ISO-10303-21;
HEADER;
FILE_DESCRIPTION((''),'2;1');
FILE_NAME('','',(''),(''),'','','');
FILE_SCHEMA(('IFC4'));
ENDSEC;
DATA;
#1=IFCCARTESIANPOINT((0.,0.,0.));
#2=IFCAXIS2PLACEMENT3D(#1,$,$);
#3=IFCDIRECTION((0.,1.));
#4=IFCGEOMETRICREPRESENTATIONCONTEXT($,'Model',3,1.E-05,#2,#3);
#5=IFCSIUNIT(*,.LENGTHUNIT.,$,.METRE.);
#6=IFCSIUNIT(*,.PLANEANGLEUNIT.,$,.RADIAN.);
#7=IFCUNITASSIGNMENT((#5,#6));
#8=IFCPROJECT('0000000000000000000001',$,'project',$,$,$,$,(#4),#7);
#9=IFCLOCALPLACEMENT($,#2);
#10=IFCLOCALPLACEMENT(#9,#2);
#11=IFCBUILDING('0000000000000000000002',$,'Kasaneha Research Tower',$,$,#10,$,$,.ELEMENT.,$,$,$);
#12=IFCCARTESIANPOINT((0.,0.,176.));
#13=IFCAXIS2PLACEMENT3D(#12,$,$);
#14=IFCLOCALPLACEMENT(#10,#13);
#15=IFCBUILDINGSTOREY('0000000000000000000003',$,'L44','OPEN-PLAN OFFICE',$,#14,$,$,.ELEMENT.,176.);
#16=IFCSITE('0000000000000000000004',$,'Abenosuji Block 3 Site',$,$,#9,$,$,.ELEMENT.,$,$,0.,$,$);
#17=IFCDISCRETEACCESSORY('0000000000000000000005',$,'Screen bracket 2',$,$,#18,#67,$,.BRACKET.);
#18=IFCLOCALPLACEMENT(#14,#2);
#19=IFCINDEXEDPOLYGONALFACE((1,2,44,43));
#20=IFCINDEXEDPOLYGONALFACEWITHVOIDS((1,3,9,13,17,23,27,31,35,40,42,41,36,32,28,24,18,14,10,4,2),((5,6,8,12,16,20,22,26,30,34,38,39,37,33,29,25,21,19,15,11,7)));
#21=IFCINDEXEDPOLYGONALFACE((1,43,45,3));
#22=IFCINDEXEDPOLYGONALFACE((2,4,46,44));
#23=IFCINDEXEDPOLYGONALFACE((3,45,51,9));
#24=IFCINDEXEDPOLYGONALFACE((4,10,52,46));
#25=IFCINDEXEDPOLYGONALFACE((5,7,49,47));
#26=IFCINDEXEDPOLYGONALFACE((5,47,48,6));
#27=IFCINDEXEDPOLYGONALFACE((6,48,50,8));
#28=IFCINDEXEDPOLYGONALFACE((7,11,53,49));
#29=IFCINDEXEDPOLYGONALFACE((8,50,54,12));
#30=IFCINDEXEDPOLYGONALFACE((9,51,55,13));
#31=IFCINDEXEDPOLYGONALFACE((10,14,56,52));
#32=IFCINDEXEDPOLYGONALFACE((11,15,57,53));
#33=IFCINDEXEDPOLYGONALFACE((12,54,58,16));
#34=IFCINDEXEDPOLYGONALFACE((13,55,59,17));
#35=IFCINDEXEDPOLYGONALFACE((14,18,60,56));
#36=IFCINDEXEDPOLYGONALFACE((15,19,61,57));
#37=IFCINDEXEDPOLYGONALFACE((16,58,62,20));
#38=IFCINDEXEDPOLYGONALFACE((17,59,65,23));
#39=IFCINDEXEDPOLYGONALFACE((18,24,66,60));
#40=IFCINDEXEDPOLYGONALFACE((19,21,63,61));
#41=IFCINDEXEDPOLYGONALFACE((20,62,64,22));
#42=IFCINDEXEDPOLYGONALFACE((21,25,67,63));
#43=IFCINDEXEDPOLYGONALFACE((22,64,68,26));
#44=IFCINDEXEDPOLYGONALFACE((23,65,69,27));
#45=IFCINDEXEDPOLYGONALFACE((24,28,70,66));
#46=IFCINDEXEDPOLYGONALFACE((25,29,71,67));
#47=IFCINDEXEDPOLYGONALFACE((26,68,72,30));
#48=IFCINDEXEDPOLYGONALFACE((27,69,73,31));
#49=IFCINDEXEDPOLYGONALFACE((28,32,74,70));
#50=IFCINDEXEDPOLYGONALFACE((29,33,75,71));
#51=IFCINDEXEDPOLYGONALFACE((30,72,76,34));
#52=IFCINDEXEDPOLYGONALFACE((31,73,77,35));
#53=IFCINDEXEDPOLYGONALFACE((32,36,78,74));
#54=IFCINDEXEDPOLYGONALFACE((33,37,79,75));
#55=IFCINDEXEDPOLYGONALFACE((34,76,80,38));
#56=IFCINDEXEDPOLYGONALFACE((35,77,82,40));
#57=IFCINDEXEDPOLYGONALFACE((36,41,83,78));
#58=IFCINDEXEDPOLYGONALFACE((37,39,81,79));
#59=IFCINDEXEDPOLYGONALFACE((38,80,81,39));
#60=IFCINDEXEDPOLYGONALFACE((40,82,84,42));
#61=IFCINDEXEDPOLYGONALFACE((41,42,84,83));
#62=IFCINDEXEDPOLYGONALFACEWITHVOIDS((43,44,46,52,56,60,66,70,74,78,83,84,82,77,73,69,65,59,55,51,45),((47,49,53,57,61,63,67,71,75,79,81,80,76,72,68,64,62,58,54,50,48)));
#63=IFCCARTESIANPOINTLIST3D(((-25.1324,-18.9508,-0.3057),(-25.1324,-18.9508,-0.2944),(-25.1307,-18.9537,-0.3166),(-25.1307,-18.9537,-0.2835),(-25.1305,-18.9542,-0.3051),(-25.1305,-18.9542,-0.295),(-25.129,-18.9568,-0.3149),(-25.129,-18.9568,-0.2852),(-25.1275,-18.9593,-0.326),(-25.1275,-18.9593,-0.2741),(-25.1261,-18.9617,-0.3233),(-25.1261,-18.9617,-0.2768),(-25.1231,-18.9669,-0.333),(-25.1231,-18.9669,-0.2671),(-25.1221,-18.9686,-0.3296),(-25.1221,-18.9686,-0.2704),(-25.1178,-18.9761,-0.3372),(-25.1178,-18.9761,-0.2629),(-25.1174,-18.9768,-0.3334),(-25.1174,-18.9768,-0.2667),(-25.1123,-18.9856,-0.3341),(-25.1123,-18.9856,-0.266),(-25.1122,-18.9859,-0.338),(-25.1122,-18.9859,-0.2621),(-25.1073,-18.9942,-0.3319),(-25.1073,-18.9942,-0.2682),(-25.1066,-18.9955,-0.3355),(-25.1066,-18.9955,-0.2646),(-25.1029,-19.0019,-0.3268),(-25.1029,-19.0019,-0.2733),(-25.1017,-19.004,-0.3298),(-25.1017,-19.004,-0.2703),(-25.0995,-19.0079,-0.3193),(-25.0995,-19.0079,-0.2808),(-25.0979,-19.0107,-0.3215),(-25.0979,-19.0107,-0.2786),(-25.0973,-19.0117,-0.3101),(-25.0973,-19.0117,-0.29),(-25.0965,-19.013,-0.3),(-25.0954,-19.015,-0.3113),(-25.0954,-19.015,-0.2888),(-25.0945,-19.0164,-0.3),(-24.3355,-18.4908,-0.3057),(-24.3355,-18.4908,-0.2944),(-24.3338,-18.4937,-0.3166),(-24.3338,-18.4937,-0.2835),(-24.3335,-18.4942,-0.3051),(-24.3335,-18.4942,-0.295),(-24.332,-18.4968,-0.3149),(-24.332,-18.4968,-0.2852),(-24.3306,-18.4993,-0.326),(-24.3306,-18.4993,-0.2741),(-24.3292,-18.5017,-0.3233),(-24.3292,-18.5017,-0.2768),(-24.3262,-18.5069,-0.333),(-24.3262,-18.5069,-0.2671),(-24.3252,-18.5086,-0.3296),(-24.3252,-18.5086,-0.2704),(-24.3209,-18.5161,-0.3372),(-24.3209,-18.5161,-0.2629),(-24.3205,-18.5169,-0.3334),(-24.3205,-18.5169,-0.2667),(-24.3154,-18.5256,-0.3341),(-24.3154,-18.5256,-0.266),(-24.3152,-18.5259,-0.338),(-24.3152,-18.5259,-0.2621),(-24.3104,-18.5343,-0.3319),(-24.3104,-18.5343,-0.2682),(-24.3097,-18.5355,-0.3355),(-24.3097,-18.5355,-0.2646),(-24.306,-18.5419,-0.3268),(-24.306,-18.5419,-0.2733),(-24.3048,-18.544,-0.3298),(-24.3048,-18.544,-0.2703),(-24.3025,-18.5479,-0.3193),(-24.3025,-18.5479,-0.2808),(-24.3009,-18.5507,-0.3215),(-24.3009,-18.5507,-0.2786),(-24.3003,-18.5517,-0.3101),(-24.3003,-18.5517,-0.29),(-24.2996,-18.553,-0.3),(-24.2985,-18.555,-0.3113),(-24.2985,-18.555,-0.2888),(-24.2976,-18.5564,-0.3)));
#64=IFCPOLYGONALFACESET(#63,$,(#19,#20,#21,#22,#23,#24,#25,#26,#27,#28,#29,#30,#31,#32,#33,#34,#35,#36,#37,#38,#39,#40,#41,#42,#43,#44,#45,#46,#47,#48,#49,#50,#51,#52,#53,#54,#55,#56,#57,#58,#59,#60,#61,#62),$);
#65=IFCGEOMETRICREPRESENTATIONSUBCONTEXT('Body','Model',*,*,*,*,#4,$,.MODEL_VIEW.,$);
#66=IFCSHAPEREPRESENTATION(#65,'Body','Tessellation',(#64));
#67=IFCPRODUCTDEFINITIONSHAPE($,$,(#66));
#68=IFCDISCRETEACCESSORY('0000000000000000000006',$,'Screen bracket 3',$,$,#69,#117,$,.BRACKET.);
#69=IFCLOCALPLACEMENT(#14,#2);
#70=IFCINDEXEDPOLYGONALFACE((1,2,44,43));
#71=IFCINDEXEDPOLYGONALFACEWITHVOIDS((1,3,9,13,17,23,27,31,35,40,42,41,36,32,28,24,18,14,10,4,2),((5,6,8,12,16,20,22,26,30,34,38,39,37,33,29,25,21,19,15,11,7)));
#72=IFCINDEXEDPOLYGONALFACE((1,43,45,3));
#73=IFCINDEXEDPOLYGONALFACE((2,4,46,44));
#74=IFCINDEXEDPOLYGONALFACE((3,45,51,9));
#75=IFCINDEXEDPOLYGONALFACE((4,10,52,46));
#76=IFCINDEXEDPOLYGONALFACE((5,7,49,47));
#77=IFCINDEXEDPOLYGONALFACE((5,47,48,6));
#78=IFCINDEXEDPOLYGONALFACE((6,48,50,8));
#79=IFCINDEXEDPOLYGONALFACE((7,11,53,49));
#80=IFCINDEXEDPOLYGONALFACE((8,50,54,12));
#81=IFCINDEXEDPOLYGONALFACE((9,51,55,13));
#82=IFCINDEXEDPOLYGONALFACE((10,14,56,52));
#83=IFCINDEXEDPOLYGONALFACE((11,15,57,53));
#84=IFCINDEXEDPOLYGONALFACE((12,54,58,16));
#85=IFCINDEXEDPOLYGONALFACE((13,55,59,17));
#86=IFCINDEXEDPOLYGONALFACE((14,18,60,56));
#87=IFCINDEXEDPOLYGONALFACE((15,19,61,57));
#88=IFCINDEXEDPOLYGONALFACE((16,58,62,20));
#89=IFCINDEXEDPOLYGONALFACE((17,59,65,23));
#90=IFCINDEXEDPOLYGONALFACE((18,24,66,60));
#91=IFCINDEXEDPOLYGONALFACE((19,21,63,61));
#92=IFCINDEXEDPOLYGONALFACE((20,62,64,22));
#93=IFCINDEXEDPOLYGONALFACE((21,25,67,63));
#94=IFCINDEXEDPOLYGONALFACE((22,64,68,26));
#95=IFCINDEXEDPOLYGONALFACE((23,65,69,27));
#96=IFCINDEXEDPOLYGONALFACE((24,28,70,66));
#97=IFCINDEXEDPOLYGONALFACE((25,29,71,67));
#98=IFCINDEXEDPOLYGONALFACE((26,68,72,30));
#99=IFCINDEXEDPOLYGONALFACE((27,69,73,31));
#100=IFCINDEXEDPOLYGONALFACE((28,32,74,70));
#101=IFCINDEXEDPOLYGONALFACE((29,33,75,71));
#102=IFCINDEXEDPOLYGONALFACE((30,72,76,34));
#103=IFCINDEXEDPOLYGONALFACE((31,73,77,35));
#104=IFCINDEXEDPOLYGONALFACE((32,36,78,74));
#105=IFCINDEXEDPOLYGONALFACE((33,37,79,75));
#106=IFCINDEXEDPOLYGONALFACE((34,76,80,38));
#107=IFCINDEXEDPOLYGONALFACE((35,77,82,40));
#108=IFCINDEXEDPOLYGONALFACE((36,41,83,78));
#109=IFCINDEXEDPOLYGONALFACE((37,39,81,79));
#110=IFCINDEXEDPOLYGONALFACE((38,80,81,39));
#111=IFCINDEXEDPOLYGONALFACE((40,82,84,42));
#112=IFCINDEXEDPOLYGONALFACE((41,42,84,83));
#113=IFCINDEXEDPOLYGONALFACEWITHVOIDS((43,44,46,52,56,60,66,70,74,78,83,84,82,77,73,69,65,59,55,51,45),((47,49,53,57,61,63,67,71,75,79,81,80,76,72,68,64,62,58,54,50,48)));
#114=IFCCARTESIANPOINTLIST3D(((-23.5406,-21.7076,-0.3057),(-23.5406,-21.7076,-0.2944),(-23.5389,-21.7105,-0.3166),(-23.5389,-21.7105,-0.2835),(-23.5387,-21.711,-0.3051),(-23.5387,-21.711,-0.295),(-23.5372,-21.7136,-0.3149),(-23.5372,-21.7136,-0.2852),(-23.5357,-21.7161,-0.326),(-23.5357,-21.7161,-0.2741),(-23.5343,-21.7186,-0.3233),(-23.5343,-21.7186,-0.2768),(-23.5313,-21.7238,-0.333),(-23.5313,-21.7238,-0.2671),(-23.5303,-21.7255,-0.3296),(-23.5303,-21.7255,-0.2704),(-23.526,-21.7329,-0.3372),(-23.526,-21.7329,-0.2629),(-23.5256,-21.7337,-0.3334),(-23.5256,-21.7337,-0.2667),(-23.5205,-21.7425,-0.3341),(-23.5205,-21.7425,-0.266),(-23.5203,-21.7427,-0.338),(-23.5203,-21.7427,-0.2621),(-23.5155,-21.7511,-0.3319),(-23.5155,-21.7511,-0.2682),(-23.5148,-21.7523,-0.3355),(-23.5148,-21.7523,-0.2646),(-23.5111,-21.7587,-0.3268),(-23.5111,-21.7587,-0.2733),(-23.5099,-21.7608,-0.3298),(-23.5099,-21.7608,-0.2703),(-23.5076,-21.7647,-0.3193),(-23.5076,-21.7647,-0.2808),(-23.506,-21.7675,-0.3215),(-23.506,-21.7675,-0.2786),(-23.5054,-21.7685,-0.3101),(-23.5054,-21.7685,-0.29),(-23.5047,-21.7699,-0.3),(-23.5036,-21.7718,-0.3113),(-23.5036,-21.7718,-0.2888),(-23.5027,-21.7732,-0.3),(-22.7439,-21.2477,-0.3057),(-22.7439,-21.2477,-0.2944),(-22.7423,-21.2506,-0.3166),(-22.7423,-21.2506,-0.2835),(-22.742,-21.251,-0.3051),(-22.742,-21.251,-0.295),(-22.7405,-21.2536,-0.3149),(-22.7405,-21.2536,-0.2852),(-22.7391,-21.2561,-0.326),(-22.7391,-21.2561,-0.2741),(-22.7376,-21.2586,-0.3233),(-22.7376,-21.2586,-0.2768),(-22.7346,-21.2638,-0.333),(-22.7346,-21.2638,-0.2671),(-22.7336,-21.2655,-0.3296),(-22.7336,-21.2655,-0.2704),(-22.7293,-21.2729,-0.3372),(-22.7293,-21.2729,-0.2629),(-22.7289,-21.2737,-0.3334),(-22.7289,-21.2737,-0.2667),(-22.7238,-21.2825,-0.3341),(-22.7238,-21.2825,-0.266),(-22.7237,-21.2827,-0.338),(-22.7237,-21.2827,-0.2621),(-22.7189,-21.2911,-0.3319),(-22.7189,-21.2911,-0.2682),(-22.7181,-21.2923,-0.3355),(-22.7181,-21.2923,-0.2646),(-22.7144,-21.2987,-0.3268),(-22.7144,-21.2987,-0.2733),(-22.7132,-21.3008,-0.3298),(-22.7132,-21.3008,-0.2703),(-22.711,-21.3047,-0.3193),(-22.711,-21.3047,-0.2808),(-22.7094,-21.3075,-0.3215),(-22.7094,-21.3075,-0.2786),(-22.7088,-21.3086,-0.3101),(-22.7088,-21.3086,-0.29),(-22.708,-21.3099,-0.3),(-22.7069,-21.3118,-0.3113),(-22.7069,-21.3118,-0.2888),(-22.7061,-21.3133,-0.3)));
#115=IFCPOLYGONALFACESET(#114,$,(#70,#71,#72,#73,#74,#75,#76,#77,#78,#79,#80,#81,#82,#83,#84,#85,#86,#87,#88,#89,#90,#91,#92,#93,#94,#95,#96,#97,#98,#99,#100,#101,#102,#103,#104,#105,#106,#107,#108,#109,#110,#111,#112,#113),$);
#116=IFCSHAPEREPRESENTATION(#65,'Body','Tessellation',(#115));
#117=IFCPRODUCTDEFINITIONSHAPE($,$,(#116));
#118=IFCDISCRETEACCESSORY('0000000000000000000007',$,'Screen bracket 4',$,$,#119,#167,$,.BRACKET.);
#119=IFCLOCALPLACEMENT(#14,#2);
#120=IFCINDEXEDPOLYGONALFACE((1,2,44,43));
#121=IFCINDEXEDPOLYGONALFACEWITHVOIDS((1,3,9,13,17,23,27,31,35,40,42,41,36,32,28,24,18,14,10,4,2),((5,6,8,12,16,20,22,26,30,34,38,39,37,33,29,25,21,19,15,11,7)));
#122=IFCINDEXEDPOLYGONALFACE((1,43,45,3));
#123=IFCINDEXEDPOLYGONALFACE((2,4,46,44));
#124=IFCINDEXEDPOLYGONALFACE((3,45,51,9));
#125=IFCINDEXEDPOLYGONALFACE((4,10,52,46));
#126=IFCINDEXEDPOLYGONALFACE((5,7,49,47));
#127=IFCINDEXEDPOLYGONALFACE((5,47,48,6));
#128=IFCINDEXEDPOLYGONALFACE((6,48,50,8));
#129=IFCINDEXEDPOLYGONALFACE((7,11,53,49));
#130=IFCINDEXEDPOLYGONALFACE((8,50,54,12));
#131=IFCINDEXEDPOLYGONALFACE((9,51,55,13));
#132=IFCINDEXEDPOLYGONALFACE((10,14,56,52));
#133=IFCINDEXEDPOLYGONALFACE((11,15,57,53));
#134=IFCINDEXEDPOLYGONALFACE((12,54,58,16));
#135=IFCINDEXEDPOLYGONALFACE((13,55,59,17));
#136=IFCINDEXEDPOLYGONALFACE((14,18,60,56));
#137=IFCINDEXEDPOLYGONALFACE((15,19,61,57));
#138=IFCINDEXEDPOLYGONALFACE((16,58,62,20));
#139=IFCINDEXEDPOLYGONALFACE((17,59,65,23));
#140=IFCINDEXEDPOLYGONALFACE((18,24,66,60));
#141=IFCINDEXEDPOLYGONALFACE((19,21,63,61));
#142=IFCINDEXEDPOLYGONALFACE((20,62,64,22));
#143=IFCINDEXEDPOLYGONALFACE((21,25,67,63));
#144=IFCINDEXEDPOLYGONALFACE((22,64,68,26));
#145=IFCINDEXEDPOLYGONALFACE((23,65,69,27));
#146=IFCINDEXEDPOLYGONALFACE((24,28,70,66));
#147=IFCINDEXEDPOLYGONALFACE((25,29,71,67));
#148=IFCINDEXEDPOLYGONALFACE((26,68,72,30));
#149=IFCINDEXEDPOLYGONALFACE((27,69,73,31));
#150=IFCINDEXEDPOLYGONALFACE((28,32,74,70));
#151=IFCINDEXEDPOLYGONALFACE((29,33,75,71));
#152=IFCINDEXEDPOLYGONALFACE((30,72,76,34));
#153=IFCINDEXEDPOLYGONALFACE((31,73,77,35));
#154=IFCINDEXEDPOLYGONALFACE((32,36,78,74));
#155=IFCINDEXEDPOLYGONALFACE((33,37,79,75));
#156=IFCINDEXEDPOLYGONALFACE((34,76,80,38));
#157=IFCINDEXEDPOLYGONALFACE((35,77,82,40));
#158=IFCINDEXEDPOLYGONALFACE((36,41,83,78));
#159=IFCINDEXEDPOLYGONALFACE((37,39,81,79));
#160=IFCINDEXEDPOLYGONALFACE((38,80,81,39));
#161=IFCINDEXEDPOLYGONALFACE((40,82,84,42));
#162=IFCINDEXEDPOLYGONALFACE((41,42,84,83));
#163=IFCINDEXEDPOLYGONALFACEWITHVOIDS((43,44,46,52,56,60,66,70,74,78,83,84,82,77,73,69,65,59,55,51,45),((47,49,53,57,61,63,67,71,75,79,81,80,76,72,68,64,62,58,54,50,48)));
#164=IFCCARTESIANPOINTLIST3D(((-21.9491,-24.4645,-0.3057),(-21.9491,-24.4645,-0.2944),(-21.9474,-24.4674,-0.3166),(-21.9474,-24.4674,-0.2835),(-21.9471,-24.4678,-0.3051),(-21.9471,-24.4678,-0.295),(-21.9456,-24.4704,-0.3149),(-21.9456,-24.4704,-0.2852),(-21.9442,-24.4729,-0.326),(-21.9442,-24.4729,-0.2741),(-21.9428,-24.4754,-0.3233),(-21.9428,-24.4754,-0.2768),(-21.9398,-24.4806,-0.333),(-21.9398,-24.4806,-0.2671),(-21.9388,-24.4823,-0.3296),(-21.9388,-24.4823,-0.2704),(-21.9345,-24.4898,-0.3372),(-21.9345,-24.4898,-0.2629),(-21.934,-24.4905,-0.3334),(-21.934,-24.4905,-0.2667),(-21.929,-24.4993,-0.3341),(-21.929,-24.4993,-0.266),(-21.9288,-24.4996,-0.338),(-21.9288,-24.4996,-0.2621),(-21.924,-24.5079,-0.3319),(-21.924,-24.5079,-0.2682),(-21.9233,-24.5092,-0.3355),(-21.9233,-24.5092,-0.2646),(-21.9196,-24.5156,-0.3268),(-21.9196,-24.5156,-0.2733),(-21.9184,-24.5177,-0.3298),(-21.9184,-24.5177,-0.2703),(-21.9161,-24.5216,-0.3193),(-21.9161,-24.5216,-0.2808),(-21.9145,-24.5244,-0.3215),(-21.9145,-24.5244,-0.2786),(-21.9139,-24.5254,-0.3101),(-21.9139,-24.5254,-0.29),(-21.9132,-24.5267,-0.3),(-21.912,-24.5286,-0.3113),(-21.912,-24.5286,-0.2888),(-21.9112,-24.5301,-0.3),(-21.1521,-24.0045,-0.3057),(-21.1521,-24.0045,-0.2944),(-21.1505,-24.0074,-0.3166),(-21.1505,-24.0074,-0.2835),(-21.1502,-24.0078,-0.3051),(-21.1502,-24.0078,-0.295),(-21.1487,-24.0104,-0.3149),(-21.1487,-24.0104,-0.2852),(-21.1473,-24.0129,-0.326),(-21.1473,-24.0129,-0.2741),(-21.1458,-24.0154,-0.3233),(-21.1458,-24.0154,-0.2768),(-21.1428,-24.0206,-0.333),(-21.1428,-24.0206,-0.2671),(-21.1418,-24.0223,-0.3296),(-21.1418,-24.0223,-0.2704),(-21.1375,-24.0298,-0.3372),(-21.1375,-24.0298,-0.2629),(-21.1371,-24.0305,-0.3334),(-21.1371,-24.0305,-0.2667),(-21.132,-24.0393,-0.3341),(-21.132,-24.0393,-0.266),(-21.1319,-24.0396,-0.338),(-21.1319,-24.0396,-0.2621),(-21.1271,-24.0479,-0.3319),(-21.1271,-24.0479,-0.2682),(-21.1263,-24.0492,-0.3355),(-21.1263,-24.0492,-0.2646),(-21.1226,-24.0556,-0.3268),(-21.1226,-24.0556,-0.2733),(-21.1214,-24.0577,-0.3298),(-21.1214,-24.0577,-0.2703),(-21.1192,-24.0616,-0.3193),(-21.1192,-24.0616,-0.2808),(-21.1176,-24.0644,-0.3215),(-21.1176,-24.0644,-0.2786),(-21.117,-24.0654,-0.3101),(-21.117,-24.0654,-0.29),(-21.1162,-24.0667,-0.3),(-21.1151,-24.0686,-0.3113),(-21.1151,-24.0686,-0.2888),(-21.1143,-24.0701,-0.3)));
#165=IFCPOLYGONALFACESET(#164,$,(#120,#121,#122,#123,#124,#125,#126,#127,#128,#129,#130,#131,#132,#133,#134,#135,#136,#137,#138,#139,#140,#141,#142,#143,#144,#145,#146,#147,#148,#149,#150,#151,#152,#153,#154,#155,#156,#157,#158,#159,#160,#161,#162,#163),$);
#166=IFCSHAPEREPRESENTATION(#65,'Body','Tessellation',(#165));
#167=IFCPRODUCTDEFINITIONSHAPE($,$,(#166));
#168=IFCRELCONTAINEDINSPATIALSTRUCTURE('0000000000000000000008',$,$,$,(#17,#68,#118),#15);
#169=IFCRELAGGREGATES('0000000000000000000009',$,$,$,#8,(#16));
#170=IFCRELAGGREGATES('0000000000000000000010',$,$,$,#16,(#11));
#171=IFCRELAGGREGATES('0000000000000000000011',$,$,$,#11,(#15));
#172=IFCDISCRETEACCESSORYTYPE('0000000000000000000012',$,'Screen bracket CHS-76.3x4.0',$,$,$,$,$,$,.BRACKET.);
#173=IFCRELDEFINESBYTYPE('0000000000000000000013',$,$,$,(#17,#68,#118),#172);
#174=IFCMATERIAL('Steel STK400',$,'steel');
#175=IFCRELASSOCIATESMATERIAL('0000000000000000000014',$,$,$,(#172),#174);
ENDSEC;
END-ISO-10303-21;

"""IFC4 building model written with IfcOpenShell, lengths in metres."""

from ifc_helpers import new_model, si_unit, direction, frame, origin, origin_2d, place, context, subcontext, project, spatial, hollow_circle, extrude, material, material_profile, profile_set, type_object, element, save


model = new_model("IFC4")

# Units and contexts
model_context = context("Model", 3, precision=1e-05, world=origin(), true_north=direction((0.0, 1.0)))
body_context = subcontext(model_context, "Body", "Model", "MODEL_VIEW")
ifc_project = project(units=[si_unit("LENGTHUNIT", "METRE"), si_unit("PLANEANGLEUNIT", "RADIAN")], contexts=[model_context])

# Site, building, storey
site_placement = place(None, origin())
site = spatial("IfcSite", under=ifc_project, at=site_placement, Name="Abenosuji Block 3 Site", CompositionType="ELEMENT", RefElevation=0.0)
building_placement = place(site_placement, origin())
building = spatial("IfcBuilding", under=site, at=building_placement, Name="Kasaneha Research Tower", CompositionType="ELEMENT")
storey_placement = place(building_placement, frame((0.0, 0.0, 176.0)))
storey = spatial("IfcBuildingStorey", under=building, at=storey_placement, Name="L44", Description="OPEN-PLAN OFFICE", CompositionType="ELEMENT", Elevation=176.0)

# Discrete accessories
ifc_material_1 = material(Name="Steel STK400", Category="steel")
ifc_material_profile_1 = material_profile(ifc_material_1, hollow_circle(Radius=0.0381, WallThickness=0.0039, at=origin_2d()), Name="CHS-76.3x4.0")
ifc_profile_set_1 = profile_set([ifc_material_profile_1], Name="Steel STK400")
discrete_accessory_type = type_object("IfcDiscreteAccessoryType", Name="Screen bracket CHS-76.3x4.0", PredefinedType="BRACKET", material=ifc_profile_set_1)
discrete_accessory_1_placement = place(storey_placement, frame((-24.3167, -18.5234, -0.3), z_axis=(-0.86608, -0.499906, 0.0), x_axis=(0.499906, -0.86608, 0.0)))
element("IfcDiscreteAccessory", 1, at=discrete_accessory_1_placement, inside=storey, type_object=discrete_accessory_type, Name="Screen bracket 2", PredefinedType="BRACKET", context=body_context, shape_type="SweptSolid", body=[
    extrude(hollow_circle(Radius=0.0381, WallThickness=0.0039, at=origin_2d()), origin(), (0.0, 0.0, 1.0), 0.9202),
])
discrete_accessory_2_placement = place(storey_placement, frame((-22.7251, -21.2803, -0.3), z_axis=(-0.866013, -0.500021, 0.0), x_axis=(0.500021, -0.866013, 0.0)))
element("IfcDiscreteAccessory", 2, at=discrete_accessory_2_placement, inside=storey, type_object=discrete_accessory_type, Name="Screen bracket 3", PredefinedType="BRACKET", context=body_context, shape_type="SweptSolid", body=[
    extrude(hollow_circle(Radius=0.0381, WallThickness=0.0039, at=origin_2d()), origin(), (0.0, 0.0, 1.0), 0.9199),
])
discrete_accessory_3_placement = place(storey_placement, frame((-21.1333, -24.0371, -0.3), z_axis=(-0.86608, -0.499906, 0.0), x_axis=(0.499906, -0.86608, 0.0)))
element("IfcDiscreteAccessory", 3, at=discrete_accessory_3_placement, inside=storey, type_object=discrete_accessory_type, Name="Screen bracket 4", PredefinedType="BRACKET", context=body_context, shape_type="SweptSolid", body=[
    extrude(hollow_circle(Radius=0.0381, WallThickness=0.0039, at=origin_2d()), origin(), (0.0, 0.0, 1.0), 0.9202),
])

save(model, "model.ifc")
